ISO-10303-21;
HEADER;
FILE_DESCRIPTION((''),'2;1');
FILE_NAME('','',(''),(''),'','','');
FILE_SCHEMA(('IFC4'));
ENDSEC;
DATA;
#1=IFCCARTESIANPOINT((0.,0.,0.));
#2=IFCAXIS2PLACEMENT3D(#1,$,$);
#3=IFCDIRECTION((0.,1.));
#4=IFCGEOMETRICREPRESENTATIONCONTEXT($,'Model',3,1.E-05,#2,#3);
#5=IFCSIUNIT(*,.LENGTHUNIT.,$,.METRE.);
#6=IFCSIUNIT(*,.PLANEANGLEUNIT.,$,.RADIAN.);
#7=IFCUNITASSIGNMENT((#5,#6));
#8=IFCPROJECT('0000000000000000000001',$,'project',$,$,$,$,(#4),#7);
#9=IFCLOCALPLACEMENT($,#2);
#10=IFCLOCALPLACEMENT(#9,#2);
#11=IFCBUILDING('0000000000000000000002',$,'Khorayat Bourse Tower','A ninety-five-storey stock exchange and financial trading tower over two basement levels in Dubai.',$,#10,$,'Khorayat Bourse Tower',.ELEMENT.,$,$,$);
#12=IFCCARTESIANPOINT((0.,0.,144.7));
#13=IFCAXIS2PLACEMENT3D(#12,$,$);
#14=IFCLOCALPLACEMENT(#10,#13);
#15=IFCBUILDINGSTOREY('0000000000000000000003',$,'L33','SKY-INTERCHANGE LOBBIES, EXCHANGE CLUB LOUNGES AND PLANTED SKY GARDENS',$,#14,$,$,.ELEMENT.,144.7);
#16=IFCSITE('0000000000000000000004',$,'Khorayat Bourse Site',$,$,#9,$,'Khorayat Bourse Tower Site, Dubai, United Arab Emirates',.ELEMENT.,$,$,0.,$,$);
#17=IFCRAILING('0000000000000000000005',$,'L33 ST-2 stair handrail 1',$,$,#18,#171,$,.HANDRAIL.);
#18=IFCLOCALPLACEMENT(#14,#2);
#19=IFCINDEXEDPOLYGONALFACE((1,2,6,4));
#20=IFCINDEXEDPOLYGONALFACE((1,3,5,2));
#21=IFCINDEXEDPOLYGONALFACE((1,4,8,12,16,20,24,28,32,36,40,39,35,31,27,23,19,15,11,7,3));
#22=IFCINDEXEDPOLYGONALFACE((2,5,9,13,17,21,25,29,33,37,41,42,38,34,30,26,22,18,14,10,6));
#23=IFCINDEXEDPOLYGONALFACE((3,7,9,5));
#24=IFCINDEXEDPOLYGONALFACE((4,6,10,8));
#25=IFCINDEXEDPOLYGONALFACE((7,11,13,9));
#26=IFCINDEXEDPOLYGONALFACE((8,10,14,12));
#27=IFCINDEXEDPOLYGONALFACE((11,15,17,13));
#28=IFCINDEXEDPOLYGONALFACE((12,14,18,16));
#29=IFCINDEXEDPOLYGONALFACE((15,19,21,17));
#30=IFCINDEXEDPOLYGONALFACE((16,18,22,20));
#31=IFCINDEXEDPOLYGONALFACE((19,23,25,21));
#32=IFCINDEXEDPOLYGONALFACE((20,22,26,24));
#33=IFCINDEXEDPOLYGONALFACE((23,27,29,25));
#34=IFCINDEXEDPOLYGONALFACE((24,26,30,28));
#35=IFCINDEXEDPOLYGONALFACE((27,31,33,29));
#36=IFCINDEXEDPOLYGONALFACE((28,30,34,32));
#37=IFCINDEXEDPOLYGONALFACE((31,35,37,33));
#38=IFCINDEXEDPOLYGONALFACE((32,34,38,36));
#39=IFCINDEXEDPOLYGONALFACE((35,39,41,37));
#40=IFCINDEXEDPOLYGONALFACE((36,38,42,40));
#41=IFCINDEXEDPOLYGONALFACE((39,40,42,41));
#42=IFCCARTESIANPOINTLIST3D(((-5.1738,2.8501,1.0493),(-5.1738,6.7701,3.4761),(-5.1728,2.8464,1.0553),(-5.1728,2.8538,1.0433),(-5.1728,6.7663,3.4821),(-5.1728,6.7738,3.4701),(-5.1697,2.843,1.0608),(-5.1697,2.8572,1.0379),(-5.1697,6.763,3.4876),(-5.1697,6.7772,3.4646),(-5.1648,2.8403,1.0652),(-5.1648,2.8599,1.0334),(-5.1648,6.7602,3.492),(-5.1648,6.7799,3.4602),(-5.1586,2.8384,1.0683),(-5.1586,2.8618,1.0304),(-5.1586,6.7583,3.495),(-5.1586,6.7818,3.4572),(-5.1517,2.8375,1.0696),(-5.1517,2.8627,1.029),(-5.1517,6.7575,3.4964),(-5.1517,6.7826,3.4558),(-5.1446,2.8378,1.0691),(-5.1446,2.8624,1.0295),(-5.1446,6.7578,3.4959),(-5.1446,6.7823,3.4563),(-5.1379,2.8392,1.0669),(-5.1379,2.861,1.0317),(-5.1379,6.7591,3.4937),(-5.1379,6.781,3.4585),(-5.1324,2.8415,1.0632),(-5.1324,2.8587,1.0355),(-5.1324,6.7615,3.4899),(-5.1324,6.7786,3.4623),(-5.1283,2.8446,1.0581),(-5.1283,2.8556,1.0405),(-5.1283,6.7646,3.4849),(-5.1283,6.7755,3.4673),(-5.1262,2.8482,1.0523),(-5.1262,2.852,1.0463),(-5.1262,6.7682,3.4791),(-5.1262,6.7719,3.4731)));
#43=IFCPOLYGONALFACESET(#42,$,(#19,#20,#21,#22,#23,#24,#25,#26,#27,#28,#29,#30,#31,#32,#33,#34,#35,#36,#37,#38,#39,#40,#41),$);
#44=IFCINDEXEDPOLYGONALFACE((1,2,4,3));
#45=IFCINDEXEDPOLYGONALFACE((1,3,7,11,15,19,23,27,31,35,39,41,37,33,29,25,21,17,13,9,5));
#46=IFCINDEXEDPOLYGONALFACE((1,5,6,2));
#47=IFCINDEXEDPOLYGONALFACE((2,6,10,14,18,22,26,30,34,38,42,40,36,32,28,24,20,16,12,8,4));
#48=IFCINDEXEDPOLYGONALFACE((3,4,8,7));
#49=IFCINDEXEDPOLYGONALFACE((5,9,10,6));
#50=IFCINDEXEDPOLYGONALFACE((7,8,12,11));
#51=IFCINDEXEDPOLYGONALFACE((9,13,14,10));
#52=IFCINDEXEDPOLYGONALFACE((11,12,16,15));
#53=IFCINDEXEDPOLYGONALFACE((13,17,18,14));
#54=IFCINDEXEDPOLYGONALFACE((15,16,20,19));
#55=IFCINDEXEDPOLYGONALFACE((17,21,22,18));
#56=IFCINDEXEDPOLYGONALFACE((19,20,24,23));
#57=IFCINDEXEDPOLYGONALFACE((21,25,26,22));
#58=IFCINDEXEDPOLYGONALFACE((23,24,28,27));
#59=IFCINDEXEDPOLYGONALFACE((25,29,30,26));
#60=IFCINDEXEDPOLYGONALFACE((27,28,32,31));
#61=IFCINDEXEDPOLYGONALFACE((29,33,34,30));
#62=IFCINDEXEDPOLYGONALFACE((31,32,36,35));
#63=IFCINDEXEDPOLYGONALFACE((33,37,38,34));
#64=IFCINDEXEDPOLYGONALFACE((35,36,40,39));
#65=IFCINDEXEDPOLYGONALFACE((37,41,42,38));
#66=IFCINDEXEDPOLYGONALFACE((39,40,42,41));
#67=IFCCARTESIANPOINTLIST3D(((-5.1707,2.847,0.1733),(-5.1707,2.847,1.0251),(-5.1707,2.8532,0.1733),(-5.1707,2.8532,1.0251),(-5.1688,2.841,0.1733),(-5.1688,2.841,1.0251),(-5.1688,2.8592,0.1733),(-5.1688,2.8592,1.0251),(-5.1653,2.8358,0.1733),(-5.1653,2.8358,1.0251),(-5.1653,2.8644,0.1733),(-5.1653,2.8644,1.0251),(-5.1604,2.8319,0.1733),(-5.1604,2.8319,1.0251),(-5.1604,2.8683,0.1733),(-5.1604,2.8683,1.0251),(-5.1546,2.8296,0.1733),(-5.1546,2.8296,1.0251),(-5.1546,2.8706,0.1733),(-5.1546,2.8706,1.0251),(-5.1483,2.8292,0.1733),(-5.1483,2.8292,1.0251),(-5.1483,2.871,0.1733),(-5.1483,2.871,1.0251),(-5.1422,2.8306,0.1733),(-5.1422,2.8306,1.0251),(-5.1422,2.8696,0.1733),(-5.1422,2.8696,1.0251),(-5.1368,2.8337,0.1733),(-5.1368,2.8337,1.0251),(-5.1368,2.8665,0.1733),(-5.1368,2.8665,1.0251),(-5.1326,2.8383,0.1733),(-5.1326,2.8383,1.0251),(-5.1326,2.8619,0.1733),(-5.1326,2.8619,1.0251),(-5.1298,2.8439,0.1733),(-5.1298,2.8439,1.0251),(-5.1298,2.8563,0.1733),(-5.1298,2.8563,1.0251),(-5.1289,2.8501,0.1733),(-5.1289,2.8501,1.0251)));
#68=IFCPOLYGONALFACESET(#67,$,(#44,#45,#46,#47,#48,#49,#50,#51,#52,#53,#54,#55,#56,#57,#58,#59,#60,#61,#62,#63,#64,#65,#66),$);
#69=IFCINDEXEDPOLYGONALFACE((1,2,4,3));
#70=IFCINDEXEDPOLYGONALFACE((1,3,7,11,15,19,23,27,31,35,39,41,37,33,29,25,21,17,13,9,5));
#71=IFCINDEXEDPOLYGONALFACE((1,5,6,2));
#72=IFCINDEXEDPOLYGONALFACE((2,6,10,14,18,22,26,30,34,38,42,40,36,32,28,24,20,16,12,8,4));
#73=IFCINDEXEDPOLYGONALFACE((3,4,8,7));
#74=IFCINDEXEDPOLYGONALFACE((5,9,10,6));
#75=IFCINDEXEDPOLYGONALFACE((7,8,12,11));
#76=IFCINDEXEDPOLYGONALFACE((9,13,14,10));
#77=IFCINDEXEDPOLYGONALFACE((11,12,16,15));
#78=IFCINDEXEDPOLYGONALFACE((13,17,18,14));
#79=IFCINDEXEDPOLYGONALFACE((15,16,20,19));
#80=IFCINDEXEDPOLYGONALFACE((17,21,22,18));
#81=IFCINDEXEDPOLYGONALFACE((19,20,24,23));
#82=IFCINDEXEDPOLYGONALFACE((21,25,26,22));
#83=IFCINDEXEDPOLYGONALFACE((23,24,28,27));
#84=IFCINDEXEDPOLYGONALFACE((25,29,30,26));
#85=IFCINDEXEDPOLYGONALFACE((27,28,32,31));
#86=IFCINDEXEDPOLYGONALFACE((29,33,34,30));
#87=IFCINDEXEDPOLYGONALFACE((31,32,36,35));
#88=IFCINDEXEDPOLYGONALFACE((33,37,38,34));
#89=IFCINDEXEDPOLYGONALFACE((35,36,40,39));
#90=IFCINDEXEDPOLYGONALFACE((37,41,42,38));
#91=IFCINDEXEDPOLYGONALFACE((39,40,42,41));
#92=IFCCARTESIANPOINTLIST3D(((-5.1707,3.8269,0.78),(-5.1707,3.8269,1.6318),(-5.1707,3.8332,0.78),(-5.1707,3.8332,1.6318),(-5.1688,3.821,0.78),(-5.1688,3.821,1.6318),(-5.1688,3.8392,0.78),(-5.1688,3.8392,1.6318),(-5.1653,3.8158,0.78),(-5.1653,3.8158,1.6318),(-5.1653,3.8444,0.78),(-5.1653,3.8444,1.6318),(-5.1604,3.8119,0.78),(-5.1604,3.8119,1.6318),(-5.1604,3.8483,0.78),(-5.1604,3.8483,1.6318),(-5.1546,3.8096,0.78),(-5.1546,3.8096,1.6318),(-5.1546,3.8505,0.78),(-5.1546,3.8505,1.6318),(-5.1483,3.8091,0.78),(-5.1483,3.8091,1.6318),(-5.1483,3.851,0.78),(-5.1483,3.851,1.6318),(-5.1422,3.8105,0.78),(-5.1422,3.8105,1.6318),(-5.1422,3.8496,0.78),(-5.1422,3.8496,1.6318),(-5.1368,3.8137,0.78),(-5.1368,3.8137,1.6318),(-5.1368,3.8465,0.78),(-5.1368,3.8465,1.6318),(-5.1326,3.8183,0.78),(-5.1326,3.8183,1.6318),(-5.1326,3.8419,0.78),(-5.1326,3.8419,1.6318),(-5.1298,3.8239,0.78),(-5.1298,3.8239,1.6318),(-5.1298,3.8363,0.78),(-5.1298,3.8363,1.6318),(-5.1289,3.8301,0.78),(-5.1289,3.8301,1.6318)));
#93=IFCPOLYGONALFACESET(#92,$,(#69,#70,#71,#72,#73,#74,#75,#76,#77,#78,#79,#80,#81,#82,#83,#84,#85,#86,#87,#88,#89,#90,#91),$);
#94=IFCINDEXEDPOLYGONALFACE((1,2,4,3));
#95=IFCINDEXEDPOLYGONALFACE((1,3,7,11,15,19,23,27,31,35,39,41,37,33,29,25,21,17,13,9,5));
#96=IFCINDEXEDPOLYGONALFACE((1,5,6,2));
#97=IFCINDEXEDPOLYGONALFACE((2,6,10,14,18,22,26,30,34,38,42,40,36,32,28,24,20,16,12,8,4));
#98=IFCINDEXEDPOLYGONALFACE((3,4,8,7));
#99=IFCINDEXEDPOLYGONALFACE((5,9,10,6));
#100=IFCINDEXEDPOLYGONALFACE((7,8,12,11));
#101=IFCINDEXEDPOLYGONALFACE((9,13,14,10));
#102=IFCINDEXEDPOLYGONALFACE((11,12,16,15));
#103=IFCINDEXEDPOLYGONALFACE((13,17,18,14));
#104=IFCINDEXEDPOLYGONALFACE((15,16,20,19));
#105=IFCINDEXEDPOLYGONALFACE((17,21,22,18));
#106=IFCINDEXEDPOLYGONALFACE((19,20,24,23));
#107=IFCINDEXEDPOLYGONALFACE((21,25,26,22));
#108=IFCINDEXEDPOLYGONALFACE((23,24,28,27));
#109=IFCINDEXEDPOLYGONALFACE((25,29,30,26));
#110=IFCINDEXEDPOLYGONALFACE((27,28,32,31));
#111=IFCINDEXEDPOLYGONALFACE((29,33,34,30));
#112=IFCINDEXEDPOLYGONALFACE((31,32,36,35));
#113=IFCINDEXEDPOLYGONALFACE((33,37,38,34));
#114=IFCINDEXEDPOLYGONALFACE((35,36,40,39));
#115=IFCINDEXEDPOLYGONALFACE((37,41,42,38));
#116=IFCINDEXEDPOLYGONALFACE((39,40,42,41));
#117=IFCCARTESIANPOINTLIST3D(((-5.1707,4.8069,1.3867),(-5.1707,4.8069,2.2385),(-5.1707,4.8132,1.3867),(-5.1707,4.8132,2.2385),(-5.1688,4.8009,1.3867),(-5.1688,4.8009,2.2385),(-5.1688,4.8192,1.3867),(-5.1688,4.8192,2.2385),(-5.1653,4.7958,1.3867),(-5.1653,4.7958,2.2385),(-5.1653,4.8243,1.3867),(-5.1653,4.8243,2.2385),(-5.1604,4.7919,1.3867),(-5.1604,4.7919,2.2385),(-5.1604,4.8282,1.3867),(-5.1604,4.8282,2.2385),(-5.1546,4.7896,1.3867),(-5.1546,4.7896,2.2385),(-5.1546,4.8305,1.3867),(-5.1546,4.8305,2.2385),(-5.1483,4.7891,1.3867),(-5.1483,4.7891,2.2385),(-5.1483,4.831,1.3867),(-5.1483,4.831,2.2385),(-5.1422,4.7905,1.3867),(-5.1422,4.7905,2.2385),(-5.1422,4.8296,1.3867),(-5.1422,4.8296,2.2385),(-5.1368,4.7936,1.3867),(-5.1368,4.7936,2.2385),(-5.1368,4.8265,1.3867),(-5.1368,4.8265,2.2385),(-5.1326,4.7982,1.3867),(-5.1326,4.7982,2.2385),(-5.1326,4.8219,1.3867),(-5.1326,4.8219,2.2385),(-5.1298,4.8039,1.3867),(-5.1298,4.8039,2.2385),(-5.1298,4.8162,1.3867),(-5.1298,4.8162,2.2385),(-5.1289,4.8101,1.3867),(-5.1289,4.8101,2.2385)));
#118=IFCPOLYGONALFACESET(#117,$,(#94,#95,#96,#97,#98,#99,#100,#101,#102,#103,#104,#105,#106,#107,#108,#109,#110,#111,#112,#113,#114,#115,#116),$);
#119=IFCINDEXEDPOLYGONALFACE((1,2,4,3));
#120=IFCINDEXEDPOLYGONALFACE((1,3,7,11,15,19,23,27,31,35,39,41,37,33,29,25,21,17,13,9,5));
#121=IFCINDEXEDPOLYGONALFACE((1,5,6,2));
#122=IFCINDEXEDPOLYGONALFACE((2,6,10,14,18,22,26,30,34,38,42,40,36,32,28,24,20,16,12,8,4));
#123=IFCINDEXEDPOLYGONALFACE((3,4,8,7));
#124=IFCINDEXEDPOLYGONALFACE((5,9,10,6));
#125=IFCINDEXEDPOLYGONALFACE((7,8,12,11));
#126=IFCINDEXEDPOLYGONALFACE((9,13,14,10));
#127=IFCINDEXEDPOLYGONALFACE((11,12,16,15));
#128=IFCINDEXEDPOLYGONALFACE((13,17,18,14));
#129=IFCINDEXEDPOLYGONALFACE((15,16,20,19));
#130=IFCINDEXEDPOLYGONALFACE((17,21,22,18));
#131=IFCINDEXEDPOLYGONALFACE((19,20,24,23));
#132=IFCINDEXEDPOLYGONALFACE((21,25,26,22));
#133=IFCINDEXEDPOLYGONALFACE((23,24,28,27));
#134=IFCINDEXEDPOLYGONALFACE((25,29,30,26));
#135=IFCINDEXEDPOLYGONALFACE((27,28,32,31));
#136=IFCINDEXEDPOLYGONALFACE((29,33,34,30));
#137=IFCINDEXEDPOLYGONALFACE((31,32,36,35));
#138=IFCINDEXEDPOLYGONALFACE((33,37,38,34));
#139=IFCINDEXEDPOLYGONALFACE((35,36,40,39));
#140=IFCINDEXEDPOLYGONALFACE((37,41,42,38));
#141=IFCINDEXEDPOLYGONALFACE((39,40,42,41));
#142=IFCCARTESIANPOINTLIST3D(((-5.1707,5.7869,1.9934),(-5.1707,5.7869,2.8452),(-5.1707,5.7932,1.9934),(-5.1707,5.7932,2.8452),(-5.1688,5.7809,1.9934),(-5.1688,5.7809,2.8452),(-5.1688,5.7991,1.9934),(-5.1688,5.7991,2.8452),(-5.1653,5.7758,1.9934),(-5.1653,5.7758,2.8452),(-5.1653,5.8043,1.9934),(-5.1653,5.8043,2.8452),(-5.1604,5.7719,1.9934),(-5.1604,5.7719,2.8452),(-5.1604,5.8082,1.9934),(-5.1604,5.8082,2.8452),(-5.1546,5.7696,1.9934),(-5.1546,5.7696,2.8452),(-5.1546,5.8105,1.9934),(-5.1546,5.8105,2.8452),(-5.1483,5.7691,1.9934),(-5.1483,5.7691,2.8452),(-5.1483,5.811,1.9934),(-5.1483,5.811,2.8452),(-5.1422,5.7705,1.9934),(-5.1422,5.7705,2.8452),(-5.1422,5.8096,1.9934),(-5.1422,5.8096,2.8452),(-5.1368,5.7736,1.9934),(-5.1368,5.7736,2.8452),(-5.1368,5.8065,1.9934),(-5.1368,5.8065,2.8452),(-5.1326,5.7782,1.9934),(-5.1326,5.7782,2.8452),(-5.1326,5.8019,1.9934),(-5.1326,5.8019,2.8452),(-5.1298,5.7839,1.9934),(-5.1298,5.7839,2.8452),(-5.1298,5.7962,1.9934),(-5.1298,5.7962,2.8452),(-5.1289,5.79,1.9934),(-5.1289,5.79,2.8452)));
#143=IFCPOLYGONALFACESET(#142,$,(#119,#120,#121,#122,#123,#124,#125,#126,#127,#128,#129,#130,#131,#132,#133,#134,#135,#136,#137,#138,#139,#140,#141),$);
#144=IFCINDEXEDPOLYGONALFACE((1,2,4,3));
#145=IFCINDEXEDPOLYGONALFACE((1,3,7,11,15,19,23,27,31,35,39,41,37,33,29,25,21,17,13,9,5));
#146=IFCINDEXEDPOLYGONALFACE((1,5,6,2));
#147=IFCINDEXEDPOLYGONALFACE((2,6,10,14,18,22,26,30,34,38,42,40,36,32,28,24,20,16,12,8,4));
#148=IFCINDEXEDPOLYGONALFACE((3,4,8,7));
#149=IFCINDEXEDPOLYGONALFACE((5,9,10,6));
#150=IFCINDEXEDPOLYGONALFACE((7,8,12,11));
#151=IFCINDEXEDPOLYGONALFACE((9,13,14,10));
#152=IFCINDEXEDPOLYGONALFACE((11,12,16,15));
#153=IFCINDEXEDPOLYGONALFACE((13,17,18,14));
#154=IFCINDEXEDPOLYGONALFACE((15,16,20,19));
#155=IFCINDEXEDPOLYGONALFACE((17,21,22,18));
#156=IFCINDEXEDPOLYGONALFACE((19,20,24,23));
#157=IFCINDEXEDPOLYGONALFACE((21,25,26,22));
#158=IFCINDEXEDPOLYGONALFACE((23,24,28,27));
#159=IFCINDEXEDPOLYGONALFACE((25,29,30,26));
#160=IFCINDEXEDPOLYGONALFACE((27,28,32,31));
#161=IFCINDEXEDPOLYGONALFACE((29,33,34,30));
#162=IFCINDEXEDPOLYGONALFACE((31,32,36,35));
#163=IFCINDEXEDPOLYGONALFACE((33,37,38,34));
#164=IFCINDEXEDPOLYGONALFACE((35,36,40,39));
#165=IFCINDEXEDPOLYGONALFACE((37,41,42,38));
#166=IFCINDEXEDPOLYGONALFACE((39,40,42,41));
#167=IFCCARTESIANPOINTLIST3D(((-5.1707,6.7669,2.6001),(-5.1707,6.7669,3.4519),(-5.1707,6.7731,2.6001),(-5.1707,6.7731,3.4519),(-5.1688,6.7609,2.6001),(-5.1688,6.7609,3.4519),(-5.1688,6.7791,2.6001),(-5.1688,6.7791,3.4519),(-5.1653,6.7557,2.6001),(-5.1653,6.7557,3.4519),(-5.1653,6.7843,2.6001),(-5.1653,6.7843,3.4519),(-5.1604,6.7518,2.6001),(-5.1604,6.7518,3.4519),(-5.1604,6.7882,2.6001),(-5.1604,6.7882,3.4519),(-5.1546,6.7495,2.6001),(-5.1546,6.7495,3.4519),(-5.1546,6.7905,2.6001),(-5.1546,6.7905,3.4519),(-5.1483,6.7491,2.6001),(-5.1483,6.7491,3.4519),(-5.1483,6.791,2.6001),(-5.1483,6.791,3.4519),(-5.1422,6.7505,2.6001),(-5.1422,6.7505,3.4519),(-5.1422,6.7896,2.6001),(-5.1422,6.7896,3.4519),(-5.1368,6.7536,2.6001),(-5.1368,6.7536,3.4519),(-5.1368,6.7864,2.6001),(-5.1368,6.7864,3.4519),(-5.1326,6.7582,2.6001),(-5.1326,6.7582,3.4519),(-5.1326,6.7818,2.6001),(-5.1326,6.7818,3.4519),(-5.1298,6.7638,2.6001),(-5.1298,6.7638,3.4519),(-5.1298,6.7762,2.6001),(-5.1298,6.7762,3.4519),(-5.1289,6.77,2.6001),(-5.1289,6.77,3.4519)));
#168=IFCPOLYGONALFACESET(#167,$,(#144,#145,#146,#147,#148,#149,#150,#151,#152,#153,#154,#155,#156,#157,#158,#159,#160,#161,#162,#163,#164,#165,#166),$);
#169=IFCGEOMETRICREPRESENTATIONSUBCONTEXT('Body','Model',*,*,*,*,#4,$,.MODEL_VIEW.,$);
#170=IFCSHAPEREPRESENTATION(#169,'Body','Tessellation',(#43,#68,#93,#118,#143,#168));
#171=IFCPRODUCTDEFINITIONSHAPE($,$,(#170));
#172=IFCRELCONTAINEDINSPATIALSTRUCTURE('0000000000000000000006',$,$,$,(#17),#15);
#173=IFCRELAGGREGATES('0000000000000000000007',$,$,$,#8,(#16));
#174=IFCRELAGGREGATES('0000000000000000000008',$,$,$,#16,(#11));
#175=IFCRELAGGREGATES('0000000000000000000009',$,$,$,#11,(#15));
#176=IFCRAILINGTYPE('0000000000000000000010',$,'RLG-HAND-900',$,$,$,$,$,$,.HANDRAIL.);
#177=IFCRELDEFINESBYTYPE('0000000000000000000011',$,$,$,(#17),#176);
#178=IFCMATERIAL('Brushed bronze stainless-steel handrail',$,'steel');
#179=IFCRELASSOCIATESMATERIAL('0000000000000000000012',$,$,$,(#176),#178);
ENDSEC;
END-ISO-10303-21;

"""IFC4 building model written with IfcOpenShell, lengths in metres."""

from ifc_helpers import new_model, si_unit, direction, frame, origin, origin_2d, place, context, subcontext, project, spatial, circle, extrude, source, transform, mapped, material, type_object, element, save


model = new_model("IFC4")

# Units and contexts
model_context = context("Model", 3, precision=1e-05, world=origin(), true_north=direction((0.0, 1.0)))
body_context = subcontext(model_context, "Body", "Model", "MODEL_VIEW")
ifc_project = project(units=[si_unit("LENGTHUNIT", "METRE"), si_unit("PLANEANGLEUNIT", "RADIAN")], contexts=[model_context])

# Site, building, storey
site_placement = place(None, origin())
site = spatial("IfcSite", under=ifc_project, at=site_placement, Name="Khorayat Bourse Site", LongName="Khorayat Bourse Tower Site, Dubai, United Arab Emirates", CompositionType="ELEMENT", RefElevation=0.0)
building_placement = place(site_placement, origin())
building = spatial("IfcBuilding", under=site, at=building_placement, Name="Khorayat Bourse Tower", Description="A ninety-five-storey stock exchange and financial trading tower over two basement levels in Dubai.", LongName="Khorayat Bourse Tower", CompositionType="ELEMENT")
storey_placement = place(building_placement, frame((0.0, 0.0, 144.7)))
storey = spatial("IfcBuildingStorey", under=building, at=storey_placement, Name="L33", Description="SKY-INTERCHANGE LOBBIES, EXCHANGE CLUB LOUNGES AND PLANTED SKY GARDENS", CompositionType="ELEMENT", Elevation=144.7)

# Railing
ifc_material_1 = material(Name="Brushed bronze stainless-steel handrail", Category="steel")
railing_type_1 = type_object("IfcRailingType", Name="RLG-HAND-900", PredefinedType="HANDRAIL", material=ifc_material_1)
shared_shape_1 = source(origin(), body_context, "Body", "SweptSolid", [
    extrude(circle(Radius=0.0239, at=origin_2d()), frame((0.0, 0.0, 0.876), z_axis=(0.0, 0.850252, 0.526376), x_axis=(-1.0, 0.0, 0.0)), (0.0, 0.0, 1.0), 4.6104),
    extrude(circle(Radius=0.021, at=origin_2d()), origin(), (0.0, 0.0, 1.0), 0.8518),
    extrude(circle(Radius=0.021, at=origin_2d()), frame((0.0, 0.98, 0.6067)), (0.0, 0.0, 1.0), 0.8518),
    extrude(circle(Radius=0.021, at=origin_2d()), frame((0.0, 1.96, 1.2134)), (0.0, 0.0, 1.0), 0.8518),
    extrude(circle(Radius=0.021, at=origin_2d()), frame((0.0, 2.9399, 1.8201)), (0.0, 0.0, 1.0), 0.8518),
    extrude(circle(Radius=0.021, at=origin_2d()), frame((0.0, 3.9199, 2.4268)), (0.0, 0.0, 1.0), 0.8518),
])
railing_1_placement = place(storey_placement, frame((-5.1499, 2.8501, 0.1733)))
element("IfcRailing", 1, at=railing_1_placement, inside=storey, type_object=railing_type_1, Name="L33 ST-2 stair handrail 1", PredefinedType="HANDRAIL", context=body_context, shape_type="MappedRepresentation", body=[
    mapped(shared_shape_1, transform((0.0, 0.0, 0.0), scale=1.0)),
])

save(model, "model.ifc")
